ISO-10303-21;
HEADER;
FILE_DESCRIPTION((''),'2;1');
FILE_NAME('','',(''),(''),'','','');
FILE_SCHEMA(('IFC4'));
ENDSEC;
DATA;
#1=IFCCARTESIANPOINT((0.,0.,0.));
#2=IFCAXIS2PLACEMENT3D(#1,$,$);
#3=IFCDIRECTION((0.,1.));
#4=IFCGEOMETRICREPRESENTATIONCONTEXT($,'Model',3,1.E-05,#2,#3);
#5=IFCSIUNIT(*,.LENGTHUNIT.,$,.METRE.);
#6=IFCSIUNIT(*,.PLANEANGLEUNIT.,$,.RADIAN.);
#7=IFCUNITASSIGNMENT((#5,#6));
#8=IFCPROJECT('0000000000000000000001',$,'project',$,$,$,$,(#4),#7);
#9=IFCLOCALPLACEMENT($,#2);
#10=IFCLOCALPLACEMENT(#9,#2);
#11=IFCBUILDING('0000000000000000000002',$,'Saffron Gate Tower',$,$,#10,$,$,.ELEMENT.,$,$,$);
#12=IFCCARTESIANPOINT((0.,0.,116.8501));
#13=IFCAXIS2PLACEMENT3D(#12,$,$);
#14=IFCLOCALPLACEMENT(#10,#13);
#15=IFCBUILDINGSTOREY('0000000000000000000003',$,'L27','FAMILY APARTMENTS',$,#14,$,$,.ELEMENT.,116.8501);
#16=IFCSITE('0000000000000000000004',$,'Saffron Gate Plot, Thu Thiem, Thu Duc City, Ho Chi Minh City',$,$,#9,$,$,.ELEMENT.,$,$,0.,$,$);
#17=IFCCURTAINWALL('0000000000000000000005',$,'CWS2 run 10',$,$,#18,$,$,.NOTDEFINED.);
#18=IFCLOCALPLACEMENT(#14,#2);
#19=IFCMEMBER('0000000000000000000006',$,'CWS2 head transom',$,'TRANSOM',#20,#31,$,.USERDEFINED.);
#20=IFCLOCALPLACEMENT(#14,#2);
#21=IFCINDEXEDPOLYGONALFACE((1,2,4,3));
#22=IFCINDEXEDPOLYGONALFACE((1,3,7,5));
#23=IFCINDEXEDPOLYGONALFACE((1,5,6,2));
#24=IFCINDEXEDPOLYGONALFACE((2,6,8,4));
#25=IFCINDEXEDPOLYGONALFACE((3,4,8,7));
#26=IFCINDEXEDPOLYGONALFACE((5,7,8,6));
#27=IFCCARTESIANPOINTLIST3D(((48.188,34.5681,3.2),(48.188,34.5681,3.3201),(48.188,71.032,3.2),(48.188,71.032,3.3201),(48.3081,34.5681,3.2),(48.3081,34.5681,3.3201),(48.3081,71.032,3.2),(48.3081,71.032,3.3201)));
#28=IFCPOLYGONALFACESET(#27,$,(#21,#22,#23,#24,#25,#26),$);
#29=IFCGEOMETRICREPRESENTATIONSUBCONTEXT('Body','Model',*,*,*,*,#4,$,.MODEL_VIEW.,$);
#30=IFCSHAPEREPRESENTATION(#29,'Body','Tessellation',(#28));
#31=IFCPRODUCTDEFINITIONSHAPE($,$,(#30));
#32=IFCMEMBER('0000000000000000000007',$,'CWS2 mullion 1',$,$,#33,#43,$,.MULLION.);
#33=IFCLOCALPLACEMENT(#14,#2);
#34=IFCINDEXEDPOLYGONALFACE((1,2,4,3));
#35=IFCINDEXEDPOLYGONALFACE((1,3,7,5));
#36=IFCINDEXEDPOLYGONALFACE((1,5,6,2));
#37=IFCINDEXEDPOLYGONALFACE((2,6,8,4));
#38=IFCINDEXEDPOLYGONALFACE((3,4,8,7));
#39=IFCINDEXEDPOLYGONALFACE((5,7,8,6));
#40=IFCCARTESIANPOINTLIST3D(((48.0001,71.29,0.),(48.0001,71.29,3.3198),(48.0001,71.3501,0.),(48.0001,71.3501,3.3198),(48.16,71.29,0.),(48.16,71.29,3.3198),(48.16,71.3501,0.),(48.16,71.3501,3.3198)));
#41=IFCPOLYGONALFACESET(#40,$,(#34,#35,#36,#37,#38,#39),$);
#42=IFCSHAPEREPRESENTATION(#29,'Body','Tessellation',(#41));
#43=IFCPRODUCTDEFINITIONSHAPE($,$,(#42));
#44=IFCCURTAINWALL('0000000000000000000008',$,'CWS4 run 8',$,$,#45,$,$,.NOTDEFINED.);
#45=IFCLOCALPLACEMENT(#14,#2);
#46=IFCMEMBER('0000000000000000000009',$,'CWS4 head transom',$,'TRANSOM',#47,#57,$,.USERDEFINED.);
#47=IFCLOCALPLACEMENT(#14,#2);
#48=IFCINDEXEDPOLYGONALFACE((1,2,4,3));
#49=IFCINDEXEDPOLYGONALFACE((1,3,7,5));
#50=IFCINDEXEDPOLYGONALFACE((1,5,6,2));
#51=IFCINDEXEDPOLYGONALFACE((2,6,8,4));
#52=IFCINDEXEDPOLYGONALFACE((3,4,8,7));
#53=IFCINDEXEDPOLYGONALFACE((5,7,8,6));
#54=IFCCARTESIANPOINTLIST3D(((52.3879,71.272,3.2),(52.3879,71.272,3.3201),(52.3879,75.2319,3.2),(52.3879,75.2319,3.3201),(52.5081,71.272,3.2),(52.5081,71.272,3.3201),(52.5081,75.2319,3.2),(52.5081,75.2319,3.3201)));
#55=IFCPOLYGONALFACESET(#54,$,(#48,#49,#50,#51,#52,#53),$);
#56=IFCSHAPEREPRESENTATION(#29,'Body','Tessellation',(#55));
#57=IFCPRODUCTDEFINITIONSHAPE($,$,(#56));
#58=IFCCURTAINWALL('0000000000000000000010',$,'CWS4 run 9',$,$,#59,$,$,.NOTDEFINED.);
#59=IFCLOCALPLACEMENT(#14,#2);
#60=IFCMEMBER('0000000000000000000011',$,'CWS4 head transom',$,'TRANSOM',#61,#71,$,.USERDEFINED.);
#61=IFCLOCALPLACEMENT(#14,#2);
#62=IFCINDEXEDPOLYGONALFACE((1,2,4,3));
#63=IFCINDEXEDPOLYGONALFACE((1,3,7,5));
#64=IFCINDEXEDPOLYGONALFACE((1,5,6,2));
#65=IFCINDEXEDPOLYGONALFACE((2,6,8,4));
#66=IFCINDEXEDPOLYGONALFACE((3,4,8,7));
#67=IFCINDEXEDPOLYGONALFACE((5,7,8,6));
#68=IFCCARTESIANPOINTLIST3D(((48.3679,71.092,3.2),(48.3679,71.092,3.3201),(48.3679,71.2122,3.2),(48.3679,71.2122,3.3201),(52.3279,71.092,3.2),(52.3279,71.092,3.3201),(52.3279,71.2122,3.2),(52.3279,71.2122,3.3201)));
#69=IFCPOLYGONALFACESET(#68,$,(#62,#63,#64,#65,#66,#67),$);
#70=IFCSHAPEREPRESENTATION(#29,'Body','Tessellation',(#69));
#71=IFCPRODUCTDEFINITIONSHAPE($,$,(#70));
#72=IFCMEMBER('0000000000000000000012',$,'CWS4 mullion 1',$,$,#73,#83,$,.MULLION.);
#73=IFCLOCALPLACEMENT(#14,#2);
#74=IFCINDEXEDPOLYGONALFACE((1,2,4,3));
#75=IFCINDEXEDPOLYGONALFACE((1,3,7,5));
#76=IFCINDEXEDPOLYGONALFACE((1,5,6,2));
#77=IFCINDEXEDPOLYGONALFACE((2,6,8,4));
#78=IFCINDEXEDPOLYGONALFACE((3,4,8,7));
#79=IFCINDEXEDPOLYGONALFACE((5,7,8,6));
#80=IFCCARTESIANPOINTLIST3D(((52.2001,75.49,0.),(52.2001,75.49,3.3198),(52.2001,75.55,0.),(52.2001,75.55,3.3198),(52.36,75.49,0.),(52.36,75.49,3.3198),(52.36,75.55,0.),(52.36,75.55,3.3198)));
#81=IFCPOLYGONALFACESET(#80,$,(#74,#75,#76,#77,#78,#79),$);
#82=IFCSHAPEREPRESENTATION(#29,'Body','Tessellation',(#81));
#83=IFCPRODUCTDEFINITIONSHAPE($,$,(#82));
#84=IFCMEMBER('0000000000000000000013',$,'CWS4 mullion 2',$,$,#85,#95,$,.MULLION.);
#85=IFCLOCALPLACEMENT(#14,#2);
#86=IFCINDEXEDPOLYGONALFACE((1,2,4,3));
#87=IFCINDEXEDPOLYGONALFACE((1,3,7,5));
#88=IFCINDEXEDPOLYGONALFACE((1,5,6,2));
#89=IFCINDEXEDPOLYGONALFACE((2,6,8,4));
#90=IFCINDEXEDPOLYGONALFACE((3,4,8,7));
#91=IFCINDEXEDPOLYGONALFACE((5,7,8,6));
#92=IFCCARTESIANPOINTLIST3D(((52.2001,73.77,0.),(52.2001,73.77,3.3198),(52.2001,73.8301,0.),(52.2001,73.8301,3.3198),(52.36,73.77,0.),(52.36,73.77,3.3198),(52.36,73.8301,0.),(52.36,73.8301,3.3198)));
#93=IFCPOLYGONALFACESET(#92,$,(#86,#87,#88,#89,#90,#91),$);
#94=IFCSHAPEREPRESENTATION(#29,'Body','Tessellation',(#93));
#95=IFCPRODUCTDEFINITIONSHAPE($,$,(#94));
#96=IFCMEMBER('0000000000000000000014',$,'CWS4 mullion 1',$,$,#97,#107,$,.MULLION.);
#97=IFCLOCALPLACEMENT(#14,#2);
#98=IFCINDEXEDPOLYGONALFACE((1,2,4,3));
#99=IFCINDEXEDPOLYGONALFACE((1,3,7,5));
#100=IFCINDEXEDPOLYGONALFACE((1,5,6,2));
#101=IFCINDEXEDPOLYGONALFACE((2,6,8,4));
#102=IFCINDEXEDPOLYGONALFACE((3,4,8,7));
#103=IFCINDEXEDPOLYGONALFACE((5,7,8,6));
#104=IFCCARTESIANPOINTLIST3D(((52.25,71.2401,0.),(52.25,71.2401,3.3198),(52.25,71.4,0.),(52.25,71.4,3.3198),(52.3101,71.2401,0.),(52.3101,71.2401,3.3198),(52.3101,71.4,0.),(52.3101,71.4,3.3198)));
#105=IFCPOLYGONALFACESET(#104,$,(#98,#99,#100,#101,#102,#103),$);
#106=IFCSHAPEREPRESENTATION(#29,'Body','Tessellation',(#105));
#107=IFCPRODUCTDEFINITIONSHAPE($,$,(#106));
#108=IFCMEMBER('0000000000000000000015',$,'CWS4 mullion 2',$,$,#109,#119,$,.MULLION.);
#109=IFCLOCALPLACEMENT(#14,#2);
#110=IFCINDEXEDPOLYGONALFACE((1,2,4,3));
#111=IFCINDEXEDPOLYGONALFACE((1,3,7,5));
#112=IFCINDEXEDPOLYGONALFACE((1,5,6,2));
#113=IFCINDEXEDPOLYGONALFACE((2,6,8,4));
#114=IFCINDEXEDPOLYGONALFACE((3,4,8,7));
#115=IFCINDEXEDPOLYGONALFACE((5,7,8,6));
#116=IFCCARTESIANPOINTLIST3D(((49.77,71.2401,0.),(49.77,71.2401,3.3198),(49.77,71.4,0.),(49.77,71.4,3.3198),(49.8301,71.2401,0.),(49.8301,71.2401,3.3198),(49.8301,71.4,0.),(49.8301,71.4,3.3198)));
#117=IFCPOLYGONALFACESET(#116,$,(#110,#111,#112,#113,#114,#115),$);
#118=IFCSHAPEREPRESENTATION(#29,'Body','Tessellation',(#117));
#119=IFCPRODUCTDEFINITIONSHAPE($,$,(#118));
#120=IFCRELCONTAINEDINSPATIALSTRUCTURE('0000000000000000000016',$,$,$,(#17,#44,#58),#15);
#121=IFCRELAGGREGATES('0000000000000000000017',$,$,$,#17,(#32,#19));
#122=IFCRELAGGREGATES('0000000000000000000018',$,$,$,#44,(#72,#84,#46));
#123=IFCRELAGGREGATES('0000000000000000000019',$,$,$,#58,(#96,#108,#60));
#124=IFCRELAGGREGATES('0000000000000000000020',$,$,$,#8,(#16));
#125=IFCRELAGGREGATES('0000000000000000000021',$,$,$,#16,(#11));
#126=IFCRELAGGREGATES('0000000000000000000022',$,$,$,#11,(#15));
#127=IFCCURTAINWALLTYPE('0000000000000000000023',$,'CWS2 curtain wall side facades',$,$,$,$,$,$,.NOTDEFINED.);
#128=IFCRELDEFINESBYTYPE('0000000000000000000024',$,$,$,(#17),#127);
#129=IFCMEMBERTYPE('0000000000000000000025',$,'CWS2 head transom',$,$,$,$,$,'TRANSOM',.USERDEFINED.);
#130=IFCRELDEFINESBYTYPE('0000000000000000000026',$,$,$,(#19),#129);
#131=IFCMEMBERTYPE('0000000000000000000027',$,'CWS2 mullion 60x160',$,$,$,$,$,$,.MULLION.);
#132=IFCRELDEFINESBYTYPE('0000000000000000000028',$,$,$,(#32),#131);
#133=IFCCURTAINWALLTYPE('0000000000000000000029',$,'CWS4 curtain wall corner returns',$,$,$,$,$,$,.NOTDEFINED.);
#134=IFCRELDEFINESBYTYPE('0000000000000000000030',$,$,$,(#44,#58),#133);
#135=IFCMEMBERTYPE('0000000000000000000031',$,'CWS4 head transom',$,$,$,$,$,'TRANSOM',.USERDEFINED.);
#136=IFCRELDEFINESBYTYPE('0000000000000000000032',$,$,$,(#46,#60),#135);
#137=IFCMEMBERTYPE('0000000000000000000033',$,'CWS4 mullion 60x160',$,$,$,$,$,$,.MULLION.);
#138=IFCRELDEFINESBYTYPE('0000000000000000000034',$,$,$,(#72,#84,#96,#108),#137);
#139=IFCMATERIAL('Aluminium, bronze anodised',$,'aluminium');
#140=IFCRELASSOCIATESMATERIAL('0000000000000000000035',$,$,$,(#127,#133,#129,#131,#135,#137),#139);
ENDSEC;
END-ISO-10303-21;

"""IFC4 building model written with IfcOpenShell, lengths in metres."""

from ifc_helpers import new_model, si_unit, direction, frame, origin, origin_2d, place, context, subcontext, project, spatial, rectangle, extrude, material, material_profile, profile_set, type_object, element, aggregate, save


model = new_model("IFC4")

# Units and contexts
model_context = context("Model", 3, precision=1e-05, world=origin(), true_north=direction((0.0, 1.0)))
body_context = subcontext(model_context, "Body", "Model", "MODEL_VIEW")
ifc_project = project(units=[si_unit("LENGTHUNIT", "METRE"), si_unit("PLANEANGLEUNIT", "RADIAN")], contexts=[model_context])

# Site, building, storey
site_placement = place(None, origin())
site = spatial("IfcSite", under=ifc_project, at=site_placement, Name="Saffron Gate Plot, Thu Thiem, Thu Duc City, Ho Chi Minh City", CompositionType="ELEMENT", RefElevation=0.0)
building_placement = place(site_placement, origin())
building = spatial("IfcBuilding", under=site, at=building_placement, Name="Saffron Gate Tower", CompositionType="ELEMENT")
storey_placement = place(building_placement, frame((0.0, 0.0, 116.8501)))
storey = spatial("IfcBuildingStorey", under=building, at=storey_placement, Name="L27", Description="FAMILY APARTMENTS", CompositionType="ELEMENT", Elevation=116.8501)

# Curtain wall, members
ifc_material_1 = material(Name="Aluminium, bronze anodised", Category="aluminium")
curtain_wall_type_1 = type_object("IfcCurtainWallType", Name="CWS2 curtain wall side facades", PredefinedType="NOTDEFINED", material=ifc_material_1)
curtain_wall_1_placement = place(storey_placement, origin())
curtain_wall_1 = element("IfcCurtainWall", 1, at=curtain_wall_1_placement, inside=storey, type_object=curtain_wall_type_1, Name="CWS2 run 10", PredefinedType="NOTDEFINED")
ifc_material_profile_1 = material_profile(ifc_material_1, rectangle(XDim=0.1201, YDim=0.1201, at=origin_2d()))
ifc_profile_set_1 = profile_set([ifc_material_profile_1], Name="Aluminium, bronze anodised")
member_type_1 = type_object("IfcMemberType", Name="CWS2 head transom", ElementType="TRANSOM", PredefinedType="USERDEFINED", material=ifc_profile_set_1)
member_1_placement = place(storey_placement, frame((48.248, 71.032, 3.26), z_axis=(0.0, -1.0, 0.0), x_axis=(1.0, 0.0, 0.0)))
member_1 = element("IfcMember", 2, at=member_1_placement, type_object=member_type_1, Name="CWS2 head transom", ObjectType="TRANSOM", PredefinedType="USERDEFINED", context=body_context, shape_type="SweptSolid", body=[
    extrude(rectangle(XDim=0.1201, YDim=0.1201, at=origin_2d()), origin(), (0.0, 0.0, 1.0), 36.4639),
])
ifc_material_profile_2 = material_profile(ifc_material_1, rectangle(XDim=0.1599, YDim=0.0601, at=origin_2d()))
ifc_profile_set_2 = profile_set([ifc_material_profile_2], Name="Aluminium, bronze anodised")
member_type_2 = type_object("IfcMemberType", Name="CWS2 mullion 60x160", PredefinedType="MULLION", material=ifc_profile_set_2)
member_2_placement = place(storey_placement, frame((48.0801, 71.3201, 0.0), z_axis=(0.0, 0.0, 1.0), x_axis=(1.0, 0.0, 0.0)))
member_2 = element("IfcMember", 3, at=member_2_placement, type_object=member_type_2, Name="CWS2 mullion 1", PredefinedType="MULLION", context=body_context, shape_type="SweptSolid", body=[
    extrude(rectangle(XDim=0.1599, YDim=0.0601, at=origin_2d()), origin(), (0.0, 0.0, 1.0), 3.3198),
])

# Curtain walls, members
curtain_wall_type_2 = type_object("IfcCurtainWallType", Name="CWS4 curtain wall corner returns", PredefinedType="NOTDEFINED", material=ifc_material_1)
curtain_wall_2_placement = place(storey_placement, origin())
curtain_wall_2 = element("IfcCurtainWall", 4, at=curtain_wall_2_placement, inside=storey, type_object=curtain_wall_type_2, Name="CWS4 run 8", PredefinedType="NOTDEFINED")
ifc_material_profile_3 = material_profile(ifc_material_1, rectangle(XDim=0.1201, YDim=0.1201, at=origin_2d()))
ifc_profile_set_3 = profile_set([ifc_material_profile_3], Name="Aluminium, bronze anodised")
member_type_3 = type_object("IfcMemberType", Name="CWS4 head transom", ElementType="TRANSOM", PredefinedType="USERDEFINED", material=ifc_profile_set_3)
member_3_placement = place(storey_placement, frame((52.448, 75.2319, 3.26), z_axis=(0.0, -1.0, 0.0), x_axis=(1.0, 0.0, 0.0)))
member_3 = element("IfcMember", 5, at=member_3_placement, type_object=member_type_3, Name="CWS4 head transom", ObjectType="TRANSOM", PredefinedType="USERDEFINED", context=body_context, shape_type="SweptSolid", body=[
    extrude(rectangle(XDim=0.1201, YDim=0.1201, at=origin_2d()), origin(), (0.0, 0.0, 1.0), 3.96),
])
curtain_wall_3_placement = place(storey_placement, origin())
curtain_wall_3 = element("IfcCurtainWall", 6, at=curtain_wall_3_placement, inside=storey, type_object=curtain_wall_type_2, Name="CWS4 run 9", PredefinedType="NOTDEFINED")
member_4_placement = place(storey_placement, frame((52.3279, 71.1521, 3.26), z_axis=(-1.0, 0.0, 0.0), x_axis=(0.0, -1.0, 0.0)))
member_4 = element("IfcMember", 7, at=member_4_placement, type_object=member_type_3, Name="CWS4 head transom", ObjectType="TRANSOM", PredefinedType="USERDEFINED", context=body_context, shape_type="SweptSolid", body=[
    extrude(rectangle(XDim=0.1201, YDim=0.1201, at=origin_2d()), origin(), (0.0, 0.0, 1.0), 3.96),
])

# Members
ifc_material_profile_4 = material_profile(ifc_material_1, rectangle(XDim=0.1599, YDim=0.0601, at=origin_2d()))
ifc_profile_set_4 = profile_set([ifc_material_profile_4], Name="Aluminium, bronze anodised")
member_type_4 = type_object("IfcMemberType", Name="CWS4 mullion 60x160", PredefinedType="MULLION", material=ifc_profile_set_4)
member_5_placement = place(storey_placement, frame((52.28, 75.52, 0.0), z_axis=(0.0, 0.0, 1.0), x_axis=(1.0, 0.0, 0.0)))
member_5 = element("IfcMember", 8, at=member_5_placement, type_object=member_type_4, Name="CWS4 mullion 1", PredefinedType="MULLION", context=body_context, shape_type="SweptSolid", body=[
    extrude(rectangle(XDim=0.1599, YDim=0.0601, at=origin_2d()), origin(), (0.0, 0.0, 1.0), 3.3198),
])
member_6_placement = place(storey_placement, frame((52.28, 73.8, 0.0), z_axis=(0.0, 0.0, 1.0), x_axis=(1.0, 0.0, 0.0)))
member_6 = element("IfcMember", 9, at=member_6_placement, type_object=member_type_4, Name="CWS4 mullion 2", PredefinedType="MULLION", context=body_context, shape_type="SweptSolid", body=[
    extrude(rectangle(XDim=0.1599, YDim=0.0601, at=origin_2d()), origin(), (0.0, 0.0, 1.0), 3.3198),
])
member_7_placement = place(storey_placement, frame((52.28, 71.3201, 0.0), z_axis=(0.0, 0.0, 1.0), x_axis=(0.0, -1.0, 0.0)))
member_7 = element("IfcMember", 10, at=member_7_placement, type_object=member_type_4, Name="CWS4 mullion 1", PredefinedType="MULLION", context=body_context, shape_type="SweptSolid", body=[
    extrude(rectangle(XDim=0.1599, YDim=0.0601, at=origin_2d()), origin(), (0.0, 0.0, 1.0), 3.3198),
])
member_8_placement = place(storey_placement, frame((49.8, 71.3201, 0.0), z_axis=(0.0, 0.0, 1.0), x_axis=(0.0, -1.0, 0.0)))
member_8 = element("IfcMember", 11, at=member_8_placement, type_object=member_type_4, Name="CWS4 mullion 2", PredefinedType="MULLION", context=body_context, shape_type="SweptSolid", body=[
    extrude(rectangle(XDim=0.1599, YDim=0.0601, at=origin_2d()), origin(), (0.0, 0.0, 1.0), 3.3198),
])

aggregate(curtain_wall_1, [member_2, member_1])

aggregate(curtain_wall_2, [member_5, member_6, member_3])
aggregate(curtain_wall_3, [member_7, member_8, member_4])

save(model, "model.ifc")
